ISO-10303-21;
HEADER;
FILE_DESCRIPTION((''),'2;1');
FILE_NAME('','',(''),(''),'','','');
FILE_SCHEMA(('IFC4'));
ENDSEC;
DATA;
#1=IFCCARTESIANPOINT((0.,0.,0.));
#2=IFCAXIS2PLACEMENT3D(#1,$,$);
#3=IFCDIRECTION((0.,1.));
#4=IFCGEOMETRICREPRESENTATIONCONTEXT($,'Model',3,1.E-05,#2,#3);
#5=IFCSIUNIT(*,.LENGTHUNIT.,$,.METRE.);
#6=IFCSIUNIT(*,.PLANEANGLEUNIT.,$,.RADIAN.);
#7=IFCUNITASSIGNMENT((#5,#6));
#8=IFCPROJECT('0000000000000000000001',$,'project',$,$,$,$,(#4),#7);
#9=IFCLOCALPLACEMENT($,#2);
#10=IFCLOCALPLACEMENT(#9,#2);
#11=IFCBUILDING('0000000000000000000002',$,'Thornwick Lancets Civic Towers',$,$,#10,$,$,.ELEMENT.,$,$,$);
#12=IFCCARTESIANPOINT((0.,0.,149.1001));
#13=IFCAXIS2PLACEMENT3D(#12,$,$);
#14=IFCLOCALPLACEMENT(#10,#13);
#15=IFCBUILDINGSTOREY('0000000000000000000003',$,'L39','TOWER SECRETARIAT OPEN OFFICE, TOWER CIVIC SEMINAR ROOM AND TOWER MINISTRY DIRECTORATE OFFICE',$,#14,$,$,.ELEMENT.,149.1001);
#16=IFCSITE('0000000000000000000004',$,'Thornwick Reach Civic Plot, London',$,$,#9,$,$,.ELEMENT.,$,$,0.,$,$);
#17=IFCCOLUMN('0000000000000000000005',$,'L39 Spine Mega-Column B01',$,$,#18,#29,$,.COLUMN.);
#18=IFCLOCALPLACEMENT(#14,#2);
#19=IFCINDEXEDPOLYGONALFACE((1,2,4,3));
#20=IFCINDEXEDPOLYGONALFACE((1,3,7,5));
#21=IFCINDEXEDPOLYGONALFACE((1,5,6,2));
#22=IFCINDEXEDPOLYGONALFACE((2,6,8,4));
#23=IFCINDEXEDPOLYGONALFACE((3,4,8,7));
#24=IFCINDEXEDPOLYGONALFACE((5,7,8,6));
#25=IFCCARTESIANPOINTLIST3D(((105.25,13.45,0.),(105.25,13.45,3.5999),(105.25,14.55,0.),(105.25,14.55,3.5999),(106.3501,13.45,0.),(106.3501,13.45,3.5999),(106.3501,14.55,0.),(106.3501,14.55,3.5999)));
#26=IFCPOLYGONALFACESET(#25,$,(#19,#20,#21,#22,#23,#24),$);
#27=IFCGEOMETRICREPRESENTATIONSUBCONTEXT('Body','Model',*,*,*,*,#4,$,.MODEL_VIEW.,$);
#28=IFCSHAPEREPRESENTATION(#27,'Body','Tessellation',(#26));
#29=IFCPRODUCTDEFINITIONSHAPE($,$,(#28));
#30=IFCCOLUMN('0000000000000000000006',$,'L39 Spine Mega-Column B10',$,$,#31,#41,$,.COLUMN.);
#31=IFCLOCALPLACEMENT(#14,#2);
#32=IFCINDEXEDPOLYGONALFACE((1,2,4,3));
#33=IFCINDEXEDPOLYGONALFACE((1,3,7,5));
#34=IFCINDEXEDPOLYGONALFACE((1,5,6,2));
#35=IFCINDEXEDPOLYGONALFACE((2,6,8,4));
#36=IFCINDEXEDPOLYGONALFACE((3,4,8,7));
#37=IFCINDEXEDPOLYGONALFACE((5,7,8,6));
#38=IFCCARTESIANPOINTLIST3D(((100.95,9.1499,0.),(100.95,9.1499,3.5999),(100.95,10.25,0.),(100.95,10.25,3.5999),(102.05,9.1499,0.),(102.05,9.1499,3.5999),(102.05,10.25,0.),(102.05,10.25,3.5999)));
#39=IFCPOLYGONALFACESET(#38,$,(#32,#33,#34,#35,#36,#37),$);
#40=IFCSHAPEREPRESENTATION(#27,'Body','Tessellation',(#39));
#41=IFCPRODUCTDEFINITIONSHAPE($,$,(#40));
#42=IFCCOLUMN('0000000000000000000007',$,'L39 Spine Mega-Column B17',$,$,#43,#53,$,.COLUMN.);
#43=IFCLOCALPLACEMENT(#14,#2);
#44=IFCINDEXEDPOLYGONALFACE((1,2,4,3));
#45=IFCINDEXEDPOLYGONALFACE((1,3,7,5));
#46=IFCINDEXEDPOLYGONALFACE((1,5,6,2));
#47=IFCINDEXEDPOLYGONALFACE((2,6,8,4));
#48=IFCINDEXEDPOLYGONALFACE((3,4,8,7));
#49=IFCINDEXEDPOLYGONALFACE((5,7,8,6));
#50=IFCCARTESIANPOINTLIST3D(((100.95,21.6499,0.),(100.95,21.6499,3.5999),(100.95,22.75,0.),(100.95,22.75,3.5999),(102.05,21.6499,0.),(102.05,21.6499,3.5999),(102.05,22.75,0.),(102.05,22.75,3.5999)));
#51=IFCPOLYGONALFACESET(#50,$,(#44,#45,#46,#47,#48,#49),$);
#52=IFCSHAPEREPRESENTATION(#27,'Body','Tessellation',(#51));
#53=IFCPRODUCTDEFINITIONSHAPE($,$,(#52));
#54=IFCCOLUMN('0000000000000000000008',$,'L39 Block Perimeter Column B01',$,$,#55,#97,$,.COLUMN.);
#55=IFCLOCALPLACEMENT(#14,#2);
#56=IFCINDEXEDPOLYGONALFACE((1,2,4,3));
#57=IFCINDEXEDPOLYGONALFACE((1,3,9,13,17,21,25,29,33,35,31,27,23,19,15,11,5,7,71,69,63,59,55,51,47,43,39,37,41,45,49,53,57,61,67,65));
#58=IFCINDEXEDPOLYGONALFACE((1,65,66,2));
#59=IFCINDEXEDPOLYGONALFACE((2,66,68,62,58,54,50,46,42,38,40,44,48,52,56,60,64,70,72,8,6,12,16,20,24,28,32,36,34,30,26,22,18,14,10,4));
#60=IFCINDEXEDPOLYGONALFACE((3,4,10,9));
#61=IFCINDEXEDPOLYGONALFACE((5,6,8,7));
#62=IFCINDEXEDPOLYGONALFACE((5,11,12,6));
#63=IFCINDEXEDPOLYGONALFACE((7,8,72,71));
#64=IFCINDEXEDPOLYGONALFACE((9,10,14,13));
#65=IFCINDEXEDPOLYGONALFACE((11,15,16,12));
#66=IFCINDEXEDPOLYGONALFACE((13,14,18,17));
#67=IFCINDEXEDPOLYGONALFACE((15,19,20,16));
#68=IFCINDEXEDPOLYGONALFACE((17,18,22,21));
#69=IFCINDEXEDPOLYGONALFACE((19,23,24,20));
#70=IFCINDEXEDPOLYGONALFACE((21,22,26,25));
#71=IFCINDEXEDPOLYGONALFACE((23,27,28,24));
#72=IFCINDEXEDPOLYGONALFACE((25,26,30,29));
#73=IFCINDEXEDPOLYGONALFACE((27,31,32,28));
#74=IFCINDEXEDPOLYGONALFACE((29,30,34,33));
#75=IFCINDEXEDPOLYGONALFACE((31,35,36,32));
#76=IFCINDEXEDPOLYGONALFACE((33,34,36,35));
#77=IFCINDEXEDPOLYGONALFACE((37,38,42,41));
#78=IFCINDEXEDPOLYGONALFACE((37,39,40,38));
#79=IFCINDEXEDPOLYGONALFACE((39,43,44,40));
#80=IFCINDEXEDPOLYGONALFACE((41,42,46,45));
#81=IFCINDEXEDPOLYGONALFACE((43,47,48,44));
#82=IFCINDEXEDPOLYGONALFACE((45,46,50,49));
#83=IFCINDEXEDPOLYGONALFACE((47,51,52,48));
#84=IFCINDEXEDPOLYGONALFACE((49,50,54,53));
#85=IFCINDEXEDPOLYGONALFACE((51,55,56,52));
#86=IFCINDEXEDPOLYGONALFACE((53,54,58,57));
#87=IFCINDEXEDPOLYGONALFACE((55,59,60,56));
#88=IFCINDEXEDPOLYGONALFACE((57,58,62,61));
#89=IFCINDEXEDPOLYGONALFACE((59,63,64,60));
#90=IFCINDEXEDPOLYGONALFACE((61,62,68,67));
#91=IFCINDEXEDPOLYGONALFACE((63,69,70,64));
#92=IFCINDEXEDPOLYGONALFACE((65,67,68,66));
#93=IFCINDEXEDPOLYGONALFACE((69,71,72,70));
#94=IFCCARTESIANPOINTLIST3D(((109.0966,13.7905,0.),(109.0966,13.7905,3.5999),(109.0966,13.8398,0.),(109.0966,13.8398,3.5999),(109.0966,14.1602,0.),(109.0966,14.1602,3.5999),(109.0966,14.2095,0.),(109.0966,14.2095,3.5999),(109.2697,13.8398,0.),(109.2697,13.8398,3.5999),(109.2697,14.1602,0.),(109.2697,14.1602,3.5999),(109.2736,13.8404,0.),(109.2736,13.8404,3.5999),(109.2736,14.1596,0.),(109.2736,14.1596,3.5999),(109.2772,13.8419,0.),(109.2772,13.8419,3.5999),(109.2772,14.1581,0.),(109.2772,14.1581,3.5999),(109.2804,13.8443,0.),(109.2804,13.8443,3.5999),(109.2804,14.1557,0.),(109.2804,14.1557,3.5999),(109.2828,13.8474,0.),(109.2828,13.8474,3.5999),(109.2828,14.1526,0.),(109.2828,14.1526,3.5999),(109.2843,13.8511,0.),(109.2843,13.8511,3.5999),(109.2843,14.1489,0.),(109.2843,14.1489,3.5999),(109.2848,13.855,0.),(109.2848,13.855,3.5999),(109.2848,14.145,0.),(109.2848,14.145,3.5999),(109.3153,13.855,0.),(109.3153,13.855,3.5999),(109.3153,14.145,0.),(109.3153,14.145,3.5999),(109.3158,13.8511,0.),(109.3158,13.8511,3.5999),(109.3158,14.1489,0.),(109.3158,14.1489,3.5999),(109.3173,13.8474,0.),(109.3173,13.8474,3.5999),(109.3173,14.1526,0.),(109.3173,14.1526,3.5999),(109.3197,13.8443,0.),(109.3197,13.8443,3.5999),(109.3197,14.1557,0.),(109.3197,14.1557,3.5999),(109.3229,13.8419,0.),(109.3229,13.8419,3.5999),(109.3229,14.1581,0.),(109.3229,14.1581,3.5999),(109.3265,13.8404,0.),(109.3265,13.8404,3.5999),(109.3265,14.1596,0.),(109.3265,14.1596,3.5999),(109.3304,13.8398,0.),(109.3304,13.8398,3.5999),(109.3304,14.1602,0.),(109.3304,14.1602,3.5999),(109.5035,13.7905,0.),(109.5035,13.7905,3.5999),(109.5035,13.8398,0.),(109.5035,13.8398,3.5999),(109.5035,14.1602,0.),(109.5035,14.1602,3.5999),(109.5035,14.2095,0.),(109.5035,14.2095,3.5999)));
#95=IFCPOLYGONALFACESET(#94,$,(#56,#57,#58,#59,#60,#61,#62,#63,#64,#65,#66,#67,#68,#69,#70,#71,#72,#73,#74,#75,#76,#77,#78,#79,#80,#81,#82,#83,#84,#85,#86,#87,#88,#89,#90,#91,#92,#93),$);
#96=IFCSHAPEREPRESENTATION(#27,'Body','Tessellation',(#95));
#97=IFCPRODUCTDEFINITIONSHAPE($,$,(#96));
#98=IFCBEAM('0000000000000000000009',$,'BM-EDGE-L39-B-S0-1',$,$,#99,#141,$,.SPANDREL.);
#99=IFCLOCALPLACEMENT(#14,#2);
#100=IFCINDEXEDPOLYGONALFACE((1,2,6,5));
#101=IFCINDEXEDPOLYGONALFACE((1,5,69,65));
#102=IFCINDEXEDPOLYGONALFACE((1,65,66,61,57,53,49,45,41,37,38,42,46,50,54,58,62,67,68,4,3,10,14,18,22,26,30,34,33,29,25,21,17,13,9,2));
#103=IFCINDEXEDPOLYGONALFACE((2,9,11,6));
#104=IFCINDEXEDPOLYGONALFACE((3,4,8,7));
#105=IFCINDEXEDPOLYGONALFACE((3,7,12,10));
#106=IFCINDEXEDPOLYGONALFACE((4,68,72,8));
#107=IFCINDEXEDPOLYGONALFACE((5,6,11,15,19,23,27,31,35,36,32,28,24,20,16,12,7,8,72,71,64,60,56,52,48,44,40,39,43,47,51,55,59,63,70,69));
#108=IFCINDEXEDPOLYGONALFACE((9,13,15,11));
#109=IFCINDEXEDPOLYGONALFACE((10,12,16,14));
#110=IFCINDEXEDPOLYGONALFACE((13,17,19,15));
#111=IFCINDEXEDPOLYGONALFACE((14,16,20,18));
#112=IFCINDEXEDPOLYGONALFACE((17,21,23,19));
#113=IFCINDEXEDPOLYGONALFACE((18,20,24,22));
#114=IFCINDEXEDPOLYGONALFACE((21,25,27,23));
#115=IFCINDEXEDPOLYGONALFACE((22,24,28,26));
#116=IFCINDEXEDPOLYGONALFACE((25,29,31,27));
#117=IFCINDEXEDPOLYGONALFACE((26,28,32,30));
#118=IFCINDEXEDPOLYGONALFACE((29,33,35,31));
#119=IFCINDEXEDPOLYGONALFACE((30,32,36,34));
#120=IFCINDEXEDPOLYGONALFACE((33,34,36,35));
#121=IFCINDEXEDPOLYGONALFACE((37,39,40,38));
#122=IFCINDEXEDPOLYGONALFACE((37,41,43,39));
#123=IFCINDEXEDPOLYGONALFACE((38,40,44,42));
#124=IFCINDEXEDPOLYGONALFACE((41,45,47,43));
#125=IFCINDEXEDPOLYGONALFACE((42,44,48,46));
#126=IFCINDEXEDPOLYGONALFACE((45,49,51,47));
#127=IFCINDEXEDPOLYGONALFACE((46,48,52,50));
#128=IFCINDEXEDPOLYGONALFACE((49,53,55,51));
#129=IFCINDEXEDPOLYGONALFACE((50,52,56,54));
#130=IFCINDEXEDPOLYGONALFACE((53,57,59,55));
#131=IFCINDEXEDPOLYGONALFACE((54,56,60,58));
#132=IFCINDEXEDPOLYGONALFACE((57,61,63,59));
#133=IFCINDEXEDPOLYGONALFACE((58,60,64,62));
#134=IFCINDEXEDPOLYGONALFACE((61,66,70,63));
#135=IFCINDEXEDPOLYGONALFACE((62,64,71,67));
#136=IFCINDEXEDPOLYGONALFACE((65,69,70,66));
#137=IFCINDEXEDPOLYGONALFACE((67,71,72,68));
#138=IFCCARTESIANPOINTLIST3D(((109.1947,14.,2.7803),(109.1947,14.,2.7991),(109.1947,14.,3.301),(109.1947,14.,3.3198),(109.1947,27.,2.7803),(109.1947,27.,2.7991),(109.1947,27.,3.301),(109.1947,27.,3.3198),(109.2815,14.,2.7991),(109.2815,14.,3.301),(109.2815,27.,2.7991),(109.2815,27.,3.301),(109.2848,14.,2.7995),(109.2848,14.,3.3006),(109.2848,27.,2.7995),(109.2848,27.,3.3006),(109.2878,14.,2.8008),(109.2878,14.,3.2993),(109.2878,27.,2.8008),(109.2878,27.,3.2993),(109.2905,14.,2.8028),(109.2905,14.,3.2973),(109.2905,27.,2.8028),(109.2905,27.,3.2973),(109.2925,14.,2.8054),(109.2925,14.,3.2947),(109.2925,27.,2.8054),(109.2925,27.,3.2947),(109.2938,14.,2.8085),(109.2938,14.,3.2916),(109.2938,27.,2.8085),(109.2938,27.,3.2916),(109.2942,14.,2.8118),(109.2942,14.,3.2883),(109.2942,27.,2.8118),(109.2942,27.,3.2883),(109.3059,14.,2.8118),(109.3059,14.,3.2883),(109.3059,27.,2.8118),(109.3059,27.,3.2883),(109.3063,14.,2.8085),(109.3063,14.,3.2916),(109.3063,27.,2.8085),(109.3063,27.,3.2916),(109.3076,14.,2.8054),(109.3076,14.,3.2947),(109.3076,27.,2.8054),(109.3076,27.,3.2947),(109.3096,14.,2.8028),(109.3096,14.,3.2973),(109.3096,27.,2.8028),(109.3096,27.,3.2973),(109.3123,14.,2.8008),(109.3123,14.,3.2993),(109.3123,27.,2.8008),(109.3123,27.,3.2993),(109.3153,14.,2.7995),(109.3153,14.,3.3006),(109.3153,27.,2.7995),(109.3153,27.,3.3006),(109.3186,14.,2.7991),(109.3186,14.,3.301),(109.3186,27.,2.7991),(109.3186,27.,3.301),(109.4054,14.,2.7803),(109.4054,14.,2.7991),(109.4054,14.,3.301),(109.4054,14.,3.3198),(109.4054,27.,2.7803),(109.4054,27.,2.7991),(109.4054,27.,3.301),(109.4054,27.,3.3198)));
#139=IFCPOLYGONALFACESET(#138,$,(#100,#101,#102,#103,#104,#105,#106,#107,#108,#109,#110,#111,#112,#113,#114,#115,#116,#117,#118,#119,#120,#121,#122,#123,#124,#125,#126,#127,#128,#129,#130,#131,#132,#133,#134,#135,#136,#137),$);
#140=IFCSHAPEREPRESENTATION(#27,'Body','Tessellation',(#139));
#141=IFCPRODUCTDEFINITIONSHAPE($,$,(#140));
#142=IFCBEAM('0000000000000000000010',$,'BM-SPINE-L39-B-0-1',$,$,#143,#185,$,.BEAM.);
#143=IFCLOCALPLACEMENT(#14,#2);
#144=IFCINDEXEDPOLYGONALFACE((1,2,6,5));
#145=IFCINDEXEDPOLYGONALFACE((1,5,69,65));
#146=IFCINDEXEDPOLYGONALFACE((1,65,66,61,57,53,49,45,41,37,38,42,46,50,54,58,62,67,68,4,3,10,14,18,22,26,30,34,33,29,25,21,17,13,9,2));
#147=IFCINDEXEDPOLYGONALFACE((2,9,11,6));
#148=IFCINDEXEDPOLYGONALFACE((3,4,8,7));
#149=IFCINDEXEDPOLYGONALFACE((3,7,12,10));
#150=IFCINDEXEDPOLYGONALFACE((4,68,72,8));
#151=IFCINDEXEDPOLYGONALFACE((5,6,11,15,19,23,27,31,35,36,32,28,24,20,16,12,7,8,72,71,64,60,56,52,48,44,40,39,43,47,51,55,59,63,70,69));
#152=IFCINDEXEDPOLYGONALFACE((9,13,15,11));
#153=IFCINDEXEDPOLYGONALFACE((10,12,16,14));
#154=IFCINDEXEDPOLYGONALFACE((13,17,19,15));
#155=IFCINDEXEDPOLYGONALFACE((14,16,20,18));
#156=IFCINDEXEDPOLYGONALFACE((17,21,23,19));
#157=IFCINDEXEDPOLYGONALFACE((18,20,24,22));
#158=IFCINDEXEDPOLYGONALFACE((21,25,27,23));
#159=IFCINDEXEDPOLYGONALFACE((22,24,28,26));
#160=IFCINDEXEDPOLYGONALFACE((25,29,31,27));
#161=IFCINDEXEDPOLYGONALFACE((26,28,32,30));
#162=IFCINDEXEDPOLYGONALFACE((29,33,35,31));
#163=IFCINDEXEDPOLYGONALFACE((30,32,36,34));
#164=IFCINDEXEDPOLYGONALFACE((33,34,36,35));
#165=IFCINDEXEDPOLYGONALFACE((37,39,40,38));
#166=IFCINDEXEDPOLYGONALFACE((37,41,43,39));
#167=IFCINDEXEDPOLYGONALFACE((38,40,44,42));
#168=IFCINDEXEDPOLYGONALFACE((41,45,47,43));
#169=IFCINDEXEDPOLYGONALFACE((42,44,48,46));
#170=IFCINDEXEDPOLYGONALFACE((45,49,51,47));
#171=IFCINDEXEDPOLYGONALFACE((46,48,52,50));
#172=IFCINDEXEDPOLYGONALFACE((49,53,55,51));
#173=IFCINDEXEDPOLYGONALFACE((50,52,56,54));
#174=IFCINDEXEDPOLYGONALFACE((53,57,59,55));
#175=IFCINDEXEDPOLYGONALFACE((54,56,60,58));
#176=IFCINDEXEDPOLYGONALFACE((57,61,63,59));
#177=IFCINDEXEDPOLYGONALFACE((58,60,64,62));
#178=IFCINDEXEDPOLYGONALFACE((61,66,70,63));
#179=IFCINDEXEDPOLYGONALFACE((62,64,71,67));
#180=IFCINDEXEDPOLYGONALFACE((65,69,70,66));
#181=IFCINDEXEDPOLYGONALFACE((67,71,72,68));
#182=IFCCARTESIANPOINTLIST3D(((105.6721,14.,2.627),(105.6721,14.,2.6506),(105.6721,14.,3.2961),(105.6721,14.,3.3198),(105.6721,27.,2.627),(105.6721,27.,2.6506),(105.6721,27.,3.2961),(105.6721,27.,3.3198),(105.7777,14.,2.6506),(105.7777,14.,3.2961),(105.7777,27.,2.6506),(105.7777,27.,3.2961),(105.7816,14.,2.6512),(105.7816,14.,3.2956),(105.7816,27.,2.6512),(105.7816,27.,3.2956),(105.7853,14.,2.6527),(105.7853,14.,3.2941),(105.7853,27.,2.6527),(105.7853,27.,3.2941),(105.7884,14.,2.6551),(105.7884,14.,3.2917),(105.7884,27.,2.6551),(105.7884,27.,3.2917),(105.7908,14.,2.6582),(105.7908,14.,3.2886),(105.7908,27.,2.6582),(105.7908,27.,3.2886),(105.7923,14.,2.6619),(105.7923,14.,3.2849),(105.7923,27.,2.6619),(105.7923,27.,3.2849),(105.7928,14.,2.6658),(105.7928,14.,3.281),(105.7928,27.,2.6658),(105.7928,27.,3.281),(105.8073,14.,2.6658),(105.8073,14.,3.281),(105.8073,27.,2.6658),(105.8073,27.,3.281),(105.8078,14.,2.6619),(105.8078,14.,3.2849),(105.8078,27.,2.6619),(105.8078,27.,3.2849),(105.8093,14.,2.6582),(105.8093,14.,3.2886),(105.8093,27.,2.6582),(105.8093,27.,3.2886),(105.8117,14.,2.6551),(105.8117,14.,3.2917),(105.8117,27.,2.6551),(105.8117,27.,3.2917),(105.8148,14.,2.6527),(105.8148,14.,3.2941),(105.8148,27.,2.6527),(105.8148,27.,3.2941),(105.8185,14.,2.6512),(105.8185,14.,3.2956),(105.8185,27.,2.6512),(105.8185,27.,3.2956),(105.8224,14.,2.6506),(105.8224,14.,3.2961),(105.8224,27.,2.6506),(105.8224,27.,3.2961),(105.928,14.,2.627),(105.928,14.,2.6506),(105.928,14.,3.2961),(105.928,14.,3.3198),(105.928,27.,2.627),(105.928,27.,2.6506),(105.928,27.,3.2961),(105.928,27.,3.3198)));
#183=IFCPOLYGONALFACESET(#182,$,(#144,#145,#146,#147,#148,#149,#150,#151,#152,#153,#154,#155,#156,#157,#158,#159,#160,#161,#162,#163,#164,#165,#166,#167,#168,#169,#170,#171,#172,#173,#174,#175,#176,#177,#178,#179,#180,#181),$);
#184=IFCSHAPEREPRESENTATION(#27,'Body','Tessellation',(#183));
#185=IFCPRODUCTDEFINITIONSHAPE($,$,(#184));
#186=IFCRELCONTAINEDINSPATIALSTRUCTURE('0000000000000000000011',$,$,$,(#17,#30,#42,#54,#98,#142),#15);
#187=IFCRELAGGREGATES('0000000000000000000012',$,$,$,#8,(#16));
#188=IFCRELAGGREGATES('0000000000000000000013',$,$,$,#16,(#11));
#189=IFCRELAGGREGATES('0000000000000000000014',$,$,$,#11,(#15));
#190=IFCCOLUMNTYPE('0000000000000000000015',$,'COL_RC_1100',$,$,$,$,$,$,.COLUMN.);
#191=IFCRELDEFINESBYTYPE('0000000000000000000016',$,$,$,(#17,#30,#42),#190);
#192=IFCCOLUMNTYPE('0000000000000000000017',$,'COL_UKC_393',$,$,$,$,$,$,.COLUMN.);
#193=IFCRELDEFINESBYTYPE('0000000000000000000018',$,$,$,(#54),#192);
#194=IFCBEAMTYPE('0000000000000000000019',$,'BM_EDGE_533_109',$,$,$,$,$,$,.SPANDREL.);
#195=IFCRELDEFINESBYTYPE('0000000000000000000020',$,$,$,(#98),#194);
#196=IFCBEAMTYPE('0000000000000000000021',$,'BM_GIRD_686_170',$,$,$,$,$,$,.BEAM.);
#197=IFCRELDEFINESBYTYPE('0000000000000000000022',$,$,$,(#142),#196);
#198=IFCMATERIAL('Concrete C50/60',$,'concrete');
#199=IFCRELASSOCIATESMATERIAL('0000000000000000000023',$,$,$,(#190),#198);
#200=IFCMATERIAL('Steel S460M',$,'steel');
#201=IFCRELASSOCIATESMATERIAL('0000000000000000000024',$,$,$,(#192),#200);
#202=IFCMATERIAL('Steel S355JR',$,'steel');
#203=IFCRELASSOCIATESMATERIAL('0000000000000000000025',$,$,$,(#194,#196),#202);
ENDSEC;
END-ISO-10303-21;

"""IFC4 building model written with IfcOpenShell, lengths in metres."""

from ifc_helpers import new_model, si_unit, direction, frame, origin, origin_2d, place, context, subcontext, project, spatial, rectangle, i_section, extrude, material, material_profile, profile_set, type_object, element, save


model = new_model("IFC4")

# Units and contexts
model_context = context("Model", 3, precision=1e-05, world=origin(), true_north=direction((0.0, 1.0)))
body_context = subcontext(model_context, "Body", "Model", "MODEL_VIEW")
ifc_project = project(units=[si_unit("LENGTHUNIT", "METRE"), si_unit("PLANEANGLEUNIT", "RADIAN")], contexts=[model_context])

# Site, building, storey
site_placement = place(None, origin())
site = spatial("IfcSite", under=ifc_project, at=site_placement, Name="Thornwick Reach Civic Plot, London", CompositionType="ELEMENT", RefElevation=0.0)
building_placement = place(site_placement, origin())
building = spatial("IfcBuilding", under=site, at=building_placement, Name="Thornwick Lancets Civic Towers", CompositionType="ELEMENT")
storey_placement = place(building_placement, frame((0.0, 0.0, 149.1001)))
storey = spatial("IfcBuildingStorey", under=building, at=storey_placement, Name="L39", Description="TOWER SECRETARIAT OPEN OFFICE, TOWER CIVIC SEMINAR ROOM AND TOWER MINISTRY DIRECTORATE OFFICE", CompositionType="ELEMENT", Elevation=149.1001)

# Columns
ifc_material_1 = material(Name="Concrete C50/60", Category="concrete")
ifc_material_profile_1 = material_profile(ifc_material_1, rectangle(XDim=1.1001, YDim=1.1001, at=origin_2d()), Name="RC 1100x1100")
ifc_profile_set_1 = profile_set([ifc_material_profile_1], Name="Concrete C50/60")
column_type_1 = type_object("IfcColumnType", Name="COL_RC_1100", PredefinedType="COLUMN", material=ifc_profile_set_1)
for number, where, z_axis, x_axis, name in (
    (1, (105.8, 14.0, 0.0), (0.0, 0.0, 1.0), (1.0, 0.0, 0.0), "L39 Spine Mega-Column B01"),
    (2, (101.5, 9.7, 0.0), (0.0, 0.0, 1.0), (1.0, 0.0, 0.0), "L39 Spine Mega-Column B10"),
    (3, (101.5, 22.2, 0.0), (0.0, 0.0, 1.0), (1.0, 0.0, 0.0), "L39 Spine Mega-Column B17"),
):
    element("IfcColumn", number, at=place(storey_placement, frame(where, z_axis=z_axis, x_axis=x_axis)), inside=storey, type_object=column_type_1, Name=name, PredefinedType="COLUMN", context=body_context, shape_type="SweptSolid", body=[
        extrude(rectangle(XDim=1.1001, YDim=1.1001, at=origin_2d()), origin(), (0.0, 0.0, 1.0), 3.5999),
    ])
ifc_material_2 = material(Name="Steel S460M", Category="steel")
ifc_material_profile_2 = material_profile(ifc_material_2, i_section(OverallWidth=0.407, OverallDepth=0.4189, WebThickness=0.0305, FlangeThickness=0.0493, FilletRadius=0.0151, at=origin_2d()), Name="UKC 356x406x393")
ifc_profile_set_2 = profile_set([ifc_material_profile_2], Name="Steel S460M")
column_type_2 = type_object("IfcColumnType", Name="COL_UKC_393", PredefinedType="COLUMN", material=ifc_profile_set_2)
column_placement = place(storey_placement, frame((109.3, 14.0, 0.0), z_axis=(0.0, 0.0, 1.0), x_axis=(1.0, 0.0, 0.0)))
element("IfcColumn", 4, at=column_placement, inside=storey, type_object=column_type_2, Name="L39 Block Perimeter Column B01", PredefinedType="COLUMN", context=body_context, shape_type="SweptSolid", body=[
    extrude(i_section(OverallWidth=0.407, OverallDepth=0.4189, WebThickness=0.0305, FlangeThickness=0.0493, FilletRadius=0.0151, at=origin_2d()), origin(), (0.0, 0.0, 1.0), 3.5999),
])

# Beams
ifc_material_3 = material(Name="Steel S355JR", Category="steel")
ifc_material_profile_3 = material_profile(ifc_material_3, i_section(OverallWidth=0.2107, OverallDepth=0.5396, WebThickness=0.0117, FlangeThickness=0.0188, FilletRadius=0.0127, at=origin_2d()), Name="UKB 533x210x109")
ifc_profile_set_3 = profile_set([ifc_material_profile_3], Name="Steel S355JR")
beam_type_1 = type_object("IfcBeamType", Name="BM_EDGE_533_109", PredefinedType="SPANDREL", material=ifc_profile_set_3)
beam_1_placement = place(storey_placement, frame((109.3, 14.0, 3.05), z_axis=(0.0, 1.0, 0.0), x_axis=(-1.0, 0.0, 0.0)))
element("IfcBeam", 5, at=beam_1_placement, inside=storey, type_object=beam_type_1, Name="BM-EDGE-L39-B-S0-1", PredefinedType="SPANDREL", context=body_context, shape_type="SweptSolid", body=[
    extrude(i_section(OverallWidth=0.2107, OverallDepth=0.5396, WebThickness=0.0117, FlangeThickness=0.0188, FilletRadius=0.0127, at=origin_2d()), origin(), (0.0, 0.0, 1.0), 13.0),
])
ifc_material_profile_4 = material_profile(ifc_material_3, i_section(OverallWidth=0.2559, OverallDepth=0.6929, WebThickness=0.0144, FlangeThickness=0.0237, FilletRadius=0.0151, at=origin_2d()), Name="UKB 686x254x170")
ifc_profile_set_4 = profile_set([ifc_material_profile_4], Name="Steel S355JR")
beam_type_2 = type_object("IfcBeamType", Name="BM_GIRD_686_170", PredefinedType="BEAM", material=ifc_profile_set_4)
for number, where, z_axis, x_axis, name in (
    (6, (105.8, 14.0, 2.9734), (0.0, 1.0, 0.0), (-1.0, 0.0, 0.0), "BM-SPINE-L39-B-0-1"),
):
    element("IfcBeam", number, at=place(storey_placement, frame(where, z_axis=z_axis, x_axis=x_axis)), inside=storey, type_object=beam_type_2, Name=name, PredefinedType="BEAM", context=body_context, shape_type="SweptSolid", body=[
        extrude(i_section(OverallWidth=0.2559, OverallDepth=0.6929, WebThickness=0.0144, FlangeThickness=0.0237, FilletRadius=0.0151, at=origin_2d()), origin(), (0.0, 0.0, 1.0), 13.0),
    ])

save(model, "model.ifc")
